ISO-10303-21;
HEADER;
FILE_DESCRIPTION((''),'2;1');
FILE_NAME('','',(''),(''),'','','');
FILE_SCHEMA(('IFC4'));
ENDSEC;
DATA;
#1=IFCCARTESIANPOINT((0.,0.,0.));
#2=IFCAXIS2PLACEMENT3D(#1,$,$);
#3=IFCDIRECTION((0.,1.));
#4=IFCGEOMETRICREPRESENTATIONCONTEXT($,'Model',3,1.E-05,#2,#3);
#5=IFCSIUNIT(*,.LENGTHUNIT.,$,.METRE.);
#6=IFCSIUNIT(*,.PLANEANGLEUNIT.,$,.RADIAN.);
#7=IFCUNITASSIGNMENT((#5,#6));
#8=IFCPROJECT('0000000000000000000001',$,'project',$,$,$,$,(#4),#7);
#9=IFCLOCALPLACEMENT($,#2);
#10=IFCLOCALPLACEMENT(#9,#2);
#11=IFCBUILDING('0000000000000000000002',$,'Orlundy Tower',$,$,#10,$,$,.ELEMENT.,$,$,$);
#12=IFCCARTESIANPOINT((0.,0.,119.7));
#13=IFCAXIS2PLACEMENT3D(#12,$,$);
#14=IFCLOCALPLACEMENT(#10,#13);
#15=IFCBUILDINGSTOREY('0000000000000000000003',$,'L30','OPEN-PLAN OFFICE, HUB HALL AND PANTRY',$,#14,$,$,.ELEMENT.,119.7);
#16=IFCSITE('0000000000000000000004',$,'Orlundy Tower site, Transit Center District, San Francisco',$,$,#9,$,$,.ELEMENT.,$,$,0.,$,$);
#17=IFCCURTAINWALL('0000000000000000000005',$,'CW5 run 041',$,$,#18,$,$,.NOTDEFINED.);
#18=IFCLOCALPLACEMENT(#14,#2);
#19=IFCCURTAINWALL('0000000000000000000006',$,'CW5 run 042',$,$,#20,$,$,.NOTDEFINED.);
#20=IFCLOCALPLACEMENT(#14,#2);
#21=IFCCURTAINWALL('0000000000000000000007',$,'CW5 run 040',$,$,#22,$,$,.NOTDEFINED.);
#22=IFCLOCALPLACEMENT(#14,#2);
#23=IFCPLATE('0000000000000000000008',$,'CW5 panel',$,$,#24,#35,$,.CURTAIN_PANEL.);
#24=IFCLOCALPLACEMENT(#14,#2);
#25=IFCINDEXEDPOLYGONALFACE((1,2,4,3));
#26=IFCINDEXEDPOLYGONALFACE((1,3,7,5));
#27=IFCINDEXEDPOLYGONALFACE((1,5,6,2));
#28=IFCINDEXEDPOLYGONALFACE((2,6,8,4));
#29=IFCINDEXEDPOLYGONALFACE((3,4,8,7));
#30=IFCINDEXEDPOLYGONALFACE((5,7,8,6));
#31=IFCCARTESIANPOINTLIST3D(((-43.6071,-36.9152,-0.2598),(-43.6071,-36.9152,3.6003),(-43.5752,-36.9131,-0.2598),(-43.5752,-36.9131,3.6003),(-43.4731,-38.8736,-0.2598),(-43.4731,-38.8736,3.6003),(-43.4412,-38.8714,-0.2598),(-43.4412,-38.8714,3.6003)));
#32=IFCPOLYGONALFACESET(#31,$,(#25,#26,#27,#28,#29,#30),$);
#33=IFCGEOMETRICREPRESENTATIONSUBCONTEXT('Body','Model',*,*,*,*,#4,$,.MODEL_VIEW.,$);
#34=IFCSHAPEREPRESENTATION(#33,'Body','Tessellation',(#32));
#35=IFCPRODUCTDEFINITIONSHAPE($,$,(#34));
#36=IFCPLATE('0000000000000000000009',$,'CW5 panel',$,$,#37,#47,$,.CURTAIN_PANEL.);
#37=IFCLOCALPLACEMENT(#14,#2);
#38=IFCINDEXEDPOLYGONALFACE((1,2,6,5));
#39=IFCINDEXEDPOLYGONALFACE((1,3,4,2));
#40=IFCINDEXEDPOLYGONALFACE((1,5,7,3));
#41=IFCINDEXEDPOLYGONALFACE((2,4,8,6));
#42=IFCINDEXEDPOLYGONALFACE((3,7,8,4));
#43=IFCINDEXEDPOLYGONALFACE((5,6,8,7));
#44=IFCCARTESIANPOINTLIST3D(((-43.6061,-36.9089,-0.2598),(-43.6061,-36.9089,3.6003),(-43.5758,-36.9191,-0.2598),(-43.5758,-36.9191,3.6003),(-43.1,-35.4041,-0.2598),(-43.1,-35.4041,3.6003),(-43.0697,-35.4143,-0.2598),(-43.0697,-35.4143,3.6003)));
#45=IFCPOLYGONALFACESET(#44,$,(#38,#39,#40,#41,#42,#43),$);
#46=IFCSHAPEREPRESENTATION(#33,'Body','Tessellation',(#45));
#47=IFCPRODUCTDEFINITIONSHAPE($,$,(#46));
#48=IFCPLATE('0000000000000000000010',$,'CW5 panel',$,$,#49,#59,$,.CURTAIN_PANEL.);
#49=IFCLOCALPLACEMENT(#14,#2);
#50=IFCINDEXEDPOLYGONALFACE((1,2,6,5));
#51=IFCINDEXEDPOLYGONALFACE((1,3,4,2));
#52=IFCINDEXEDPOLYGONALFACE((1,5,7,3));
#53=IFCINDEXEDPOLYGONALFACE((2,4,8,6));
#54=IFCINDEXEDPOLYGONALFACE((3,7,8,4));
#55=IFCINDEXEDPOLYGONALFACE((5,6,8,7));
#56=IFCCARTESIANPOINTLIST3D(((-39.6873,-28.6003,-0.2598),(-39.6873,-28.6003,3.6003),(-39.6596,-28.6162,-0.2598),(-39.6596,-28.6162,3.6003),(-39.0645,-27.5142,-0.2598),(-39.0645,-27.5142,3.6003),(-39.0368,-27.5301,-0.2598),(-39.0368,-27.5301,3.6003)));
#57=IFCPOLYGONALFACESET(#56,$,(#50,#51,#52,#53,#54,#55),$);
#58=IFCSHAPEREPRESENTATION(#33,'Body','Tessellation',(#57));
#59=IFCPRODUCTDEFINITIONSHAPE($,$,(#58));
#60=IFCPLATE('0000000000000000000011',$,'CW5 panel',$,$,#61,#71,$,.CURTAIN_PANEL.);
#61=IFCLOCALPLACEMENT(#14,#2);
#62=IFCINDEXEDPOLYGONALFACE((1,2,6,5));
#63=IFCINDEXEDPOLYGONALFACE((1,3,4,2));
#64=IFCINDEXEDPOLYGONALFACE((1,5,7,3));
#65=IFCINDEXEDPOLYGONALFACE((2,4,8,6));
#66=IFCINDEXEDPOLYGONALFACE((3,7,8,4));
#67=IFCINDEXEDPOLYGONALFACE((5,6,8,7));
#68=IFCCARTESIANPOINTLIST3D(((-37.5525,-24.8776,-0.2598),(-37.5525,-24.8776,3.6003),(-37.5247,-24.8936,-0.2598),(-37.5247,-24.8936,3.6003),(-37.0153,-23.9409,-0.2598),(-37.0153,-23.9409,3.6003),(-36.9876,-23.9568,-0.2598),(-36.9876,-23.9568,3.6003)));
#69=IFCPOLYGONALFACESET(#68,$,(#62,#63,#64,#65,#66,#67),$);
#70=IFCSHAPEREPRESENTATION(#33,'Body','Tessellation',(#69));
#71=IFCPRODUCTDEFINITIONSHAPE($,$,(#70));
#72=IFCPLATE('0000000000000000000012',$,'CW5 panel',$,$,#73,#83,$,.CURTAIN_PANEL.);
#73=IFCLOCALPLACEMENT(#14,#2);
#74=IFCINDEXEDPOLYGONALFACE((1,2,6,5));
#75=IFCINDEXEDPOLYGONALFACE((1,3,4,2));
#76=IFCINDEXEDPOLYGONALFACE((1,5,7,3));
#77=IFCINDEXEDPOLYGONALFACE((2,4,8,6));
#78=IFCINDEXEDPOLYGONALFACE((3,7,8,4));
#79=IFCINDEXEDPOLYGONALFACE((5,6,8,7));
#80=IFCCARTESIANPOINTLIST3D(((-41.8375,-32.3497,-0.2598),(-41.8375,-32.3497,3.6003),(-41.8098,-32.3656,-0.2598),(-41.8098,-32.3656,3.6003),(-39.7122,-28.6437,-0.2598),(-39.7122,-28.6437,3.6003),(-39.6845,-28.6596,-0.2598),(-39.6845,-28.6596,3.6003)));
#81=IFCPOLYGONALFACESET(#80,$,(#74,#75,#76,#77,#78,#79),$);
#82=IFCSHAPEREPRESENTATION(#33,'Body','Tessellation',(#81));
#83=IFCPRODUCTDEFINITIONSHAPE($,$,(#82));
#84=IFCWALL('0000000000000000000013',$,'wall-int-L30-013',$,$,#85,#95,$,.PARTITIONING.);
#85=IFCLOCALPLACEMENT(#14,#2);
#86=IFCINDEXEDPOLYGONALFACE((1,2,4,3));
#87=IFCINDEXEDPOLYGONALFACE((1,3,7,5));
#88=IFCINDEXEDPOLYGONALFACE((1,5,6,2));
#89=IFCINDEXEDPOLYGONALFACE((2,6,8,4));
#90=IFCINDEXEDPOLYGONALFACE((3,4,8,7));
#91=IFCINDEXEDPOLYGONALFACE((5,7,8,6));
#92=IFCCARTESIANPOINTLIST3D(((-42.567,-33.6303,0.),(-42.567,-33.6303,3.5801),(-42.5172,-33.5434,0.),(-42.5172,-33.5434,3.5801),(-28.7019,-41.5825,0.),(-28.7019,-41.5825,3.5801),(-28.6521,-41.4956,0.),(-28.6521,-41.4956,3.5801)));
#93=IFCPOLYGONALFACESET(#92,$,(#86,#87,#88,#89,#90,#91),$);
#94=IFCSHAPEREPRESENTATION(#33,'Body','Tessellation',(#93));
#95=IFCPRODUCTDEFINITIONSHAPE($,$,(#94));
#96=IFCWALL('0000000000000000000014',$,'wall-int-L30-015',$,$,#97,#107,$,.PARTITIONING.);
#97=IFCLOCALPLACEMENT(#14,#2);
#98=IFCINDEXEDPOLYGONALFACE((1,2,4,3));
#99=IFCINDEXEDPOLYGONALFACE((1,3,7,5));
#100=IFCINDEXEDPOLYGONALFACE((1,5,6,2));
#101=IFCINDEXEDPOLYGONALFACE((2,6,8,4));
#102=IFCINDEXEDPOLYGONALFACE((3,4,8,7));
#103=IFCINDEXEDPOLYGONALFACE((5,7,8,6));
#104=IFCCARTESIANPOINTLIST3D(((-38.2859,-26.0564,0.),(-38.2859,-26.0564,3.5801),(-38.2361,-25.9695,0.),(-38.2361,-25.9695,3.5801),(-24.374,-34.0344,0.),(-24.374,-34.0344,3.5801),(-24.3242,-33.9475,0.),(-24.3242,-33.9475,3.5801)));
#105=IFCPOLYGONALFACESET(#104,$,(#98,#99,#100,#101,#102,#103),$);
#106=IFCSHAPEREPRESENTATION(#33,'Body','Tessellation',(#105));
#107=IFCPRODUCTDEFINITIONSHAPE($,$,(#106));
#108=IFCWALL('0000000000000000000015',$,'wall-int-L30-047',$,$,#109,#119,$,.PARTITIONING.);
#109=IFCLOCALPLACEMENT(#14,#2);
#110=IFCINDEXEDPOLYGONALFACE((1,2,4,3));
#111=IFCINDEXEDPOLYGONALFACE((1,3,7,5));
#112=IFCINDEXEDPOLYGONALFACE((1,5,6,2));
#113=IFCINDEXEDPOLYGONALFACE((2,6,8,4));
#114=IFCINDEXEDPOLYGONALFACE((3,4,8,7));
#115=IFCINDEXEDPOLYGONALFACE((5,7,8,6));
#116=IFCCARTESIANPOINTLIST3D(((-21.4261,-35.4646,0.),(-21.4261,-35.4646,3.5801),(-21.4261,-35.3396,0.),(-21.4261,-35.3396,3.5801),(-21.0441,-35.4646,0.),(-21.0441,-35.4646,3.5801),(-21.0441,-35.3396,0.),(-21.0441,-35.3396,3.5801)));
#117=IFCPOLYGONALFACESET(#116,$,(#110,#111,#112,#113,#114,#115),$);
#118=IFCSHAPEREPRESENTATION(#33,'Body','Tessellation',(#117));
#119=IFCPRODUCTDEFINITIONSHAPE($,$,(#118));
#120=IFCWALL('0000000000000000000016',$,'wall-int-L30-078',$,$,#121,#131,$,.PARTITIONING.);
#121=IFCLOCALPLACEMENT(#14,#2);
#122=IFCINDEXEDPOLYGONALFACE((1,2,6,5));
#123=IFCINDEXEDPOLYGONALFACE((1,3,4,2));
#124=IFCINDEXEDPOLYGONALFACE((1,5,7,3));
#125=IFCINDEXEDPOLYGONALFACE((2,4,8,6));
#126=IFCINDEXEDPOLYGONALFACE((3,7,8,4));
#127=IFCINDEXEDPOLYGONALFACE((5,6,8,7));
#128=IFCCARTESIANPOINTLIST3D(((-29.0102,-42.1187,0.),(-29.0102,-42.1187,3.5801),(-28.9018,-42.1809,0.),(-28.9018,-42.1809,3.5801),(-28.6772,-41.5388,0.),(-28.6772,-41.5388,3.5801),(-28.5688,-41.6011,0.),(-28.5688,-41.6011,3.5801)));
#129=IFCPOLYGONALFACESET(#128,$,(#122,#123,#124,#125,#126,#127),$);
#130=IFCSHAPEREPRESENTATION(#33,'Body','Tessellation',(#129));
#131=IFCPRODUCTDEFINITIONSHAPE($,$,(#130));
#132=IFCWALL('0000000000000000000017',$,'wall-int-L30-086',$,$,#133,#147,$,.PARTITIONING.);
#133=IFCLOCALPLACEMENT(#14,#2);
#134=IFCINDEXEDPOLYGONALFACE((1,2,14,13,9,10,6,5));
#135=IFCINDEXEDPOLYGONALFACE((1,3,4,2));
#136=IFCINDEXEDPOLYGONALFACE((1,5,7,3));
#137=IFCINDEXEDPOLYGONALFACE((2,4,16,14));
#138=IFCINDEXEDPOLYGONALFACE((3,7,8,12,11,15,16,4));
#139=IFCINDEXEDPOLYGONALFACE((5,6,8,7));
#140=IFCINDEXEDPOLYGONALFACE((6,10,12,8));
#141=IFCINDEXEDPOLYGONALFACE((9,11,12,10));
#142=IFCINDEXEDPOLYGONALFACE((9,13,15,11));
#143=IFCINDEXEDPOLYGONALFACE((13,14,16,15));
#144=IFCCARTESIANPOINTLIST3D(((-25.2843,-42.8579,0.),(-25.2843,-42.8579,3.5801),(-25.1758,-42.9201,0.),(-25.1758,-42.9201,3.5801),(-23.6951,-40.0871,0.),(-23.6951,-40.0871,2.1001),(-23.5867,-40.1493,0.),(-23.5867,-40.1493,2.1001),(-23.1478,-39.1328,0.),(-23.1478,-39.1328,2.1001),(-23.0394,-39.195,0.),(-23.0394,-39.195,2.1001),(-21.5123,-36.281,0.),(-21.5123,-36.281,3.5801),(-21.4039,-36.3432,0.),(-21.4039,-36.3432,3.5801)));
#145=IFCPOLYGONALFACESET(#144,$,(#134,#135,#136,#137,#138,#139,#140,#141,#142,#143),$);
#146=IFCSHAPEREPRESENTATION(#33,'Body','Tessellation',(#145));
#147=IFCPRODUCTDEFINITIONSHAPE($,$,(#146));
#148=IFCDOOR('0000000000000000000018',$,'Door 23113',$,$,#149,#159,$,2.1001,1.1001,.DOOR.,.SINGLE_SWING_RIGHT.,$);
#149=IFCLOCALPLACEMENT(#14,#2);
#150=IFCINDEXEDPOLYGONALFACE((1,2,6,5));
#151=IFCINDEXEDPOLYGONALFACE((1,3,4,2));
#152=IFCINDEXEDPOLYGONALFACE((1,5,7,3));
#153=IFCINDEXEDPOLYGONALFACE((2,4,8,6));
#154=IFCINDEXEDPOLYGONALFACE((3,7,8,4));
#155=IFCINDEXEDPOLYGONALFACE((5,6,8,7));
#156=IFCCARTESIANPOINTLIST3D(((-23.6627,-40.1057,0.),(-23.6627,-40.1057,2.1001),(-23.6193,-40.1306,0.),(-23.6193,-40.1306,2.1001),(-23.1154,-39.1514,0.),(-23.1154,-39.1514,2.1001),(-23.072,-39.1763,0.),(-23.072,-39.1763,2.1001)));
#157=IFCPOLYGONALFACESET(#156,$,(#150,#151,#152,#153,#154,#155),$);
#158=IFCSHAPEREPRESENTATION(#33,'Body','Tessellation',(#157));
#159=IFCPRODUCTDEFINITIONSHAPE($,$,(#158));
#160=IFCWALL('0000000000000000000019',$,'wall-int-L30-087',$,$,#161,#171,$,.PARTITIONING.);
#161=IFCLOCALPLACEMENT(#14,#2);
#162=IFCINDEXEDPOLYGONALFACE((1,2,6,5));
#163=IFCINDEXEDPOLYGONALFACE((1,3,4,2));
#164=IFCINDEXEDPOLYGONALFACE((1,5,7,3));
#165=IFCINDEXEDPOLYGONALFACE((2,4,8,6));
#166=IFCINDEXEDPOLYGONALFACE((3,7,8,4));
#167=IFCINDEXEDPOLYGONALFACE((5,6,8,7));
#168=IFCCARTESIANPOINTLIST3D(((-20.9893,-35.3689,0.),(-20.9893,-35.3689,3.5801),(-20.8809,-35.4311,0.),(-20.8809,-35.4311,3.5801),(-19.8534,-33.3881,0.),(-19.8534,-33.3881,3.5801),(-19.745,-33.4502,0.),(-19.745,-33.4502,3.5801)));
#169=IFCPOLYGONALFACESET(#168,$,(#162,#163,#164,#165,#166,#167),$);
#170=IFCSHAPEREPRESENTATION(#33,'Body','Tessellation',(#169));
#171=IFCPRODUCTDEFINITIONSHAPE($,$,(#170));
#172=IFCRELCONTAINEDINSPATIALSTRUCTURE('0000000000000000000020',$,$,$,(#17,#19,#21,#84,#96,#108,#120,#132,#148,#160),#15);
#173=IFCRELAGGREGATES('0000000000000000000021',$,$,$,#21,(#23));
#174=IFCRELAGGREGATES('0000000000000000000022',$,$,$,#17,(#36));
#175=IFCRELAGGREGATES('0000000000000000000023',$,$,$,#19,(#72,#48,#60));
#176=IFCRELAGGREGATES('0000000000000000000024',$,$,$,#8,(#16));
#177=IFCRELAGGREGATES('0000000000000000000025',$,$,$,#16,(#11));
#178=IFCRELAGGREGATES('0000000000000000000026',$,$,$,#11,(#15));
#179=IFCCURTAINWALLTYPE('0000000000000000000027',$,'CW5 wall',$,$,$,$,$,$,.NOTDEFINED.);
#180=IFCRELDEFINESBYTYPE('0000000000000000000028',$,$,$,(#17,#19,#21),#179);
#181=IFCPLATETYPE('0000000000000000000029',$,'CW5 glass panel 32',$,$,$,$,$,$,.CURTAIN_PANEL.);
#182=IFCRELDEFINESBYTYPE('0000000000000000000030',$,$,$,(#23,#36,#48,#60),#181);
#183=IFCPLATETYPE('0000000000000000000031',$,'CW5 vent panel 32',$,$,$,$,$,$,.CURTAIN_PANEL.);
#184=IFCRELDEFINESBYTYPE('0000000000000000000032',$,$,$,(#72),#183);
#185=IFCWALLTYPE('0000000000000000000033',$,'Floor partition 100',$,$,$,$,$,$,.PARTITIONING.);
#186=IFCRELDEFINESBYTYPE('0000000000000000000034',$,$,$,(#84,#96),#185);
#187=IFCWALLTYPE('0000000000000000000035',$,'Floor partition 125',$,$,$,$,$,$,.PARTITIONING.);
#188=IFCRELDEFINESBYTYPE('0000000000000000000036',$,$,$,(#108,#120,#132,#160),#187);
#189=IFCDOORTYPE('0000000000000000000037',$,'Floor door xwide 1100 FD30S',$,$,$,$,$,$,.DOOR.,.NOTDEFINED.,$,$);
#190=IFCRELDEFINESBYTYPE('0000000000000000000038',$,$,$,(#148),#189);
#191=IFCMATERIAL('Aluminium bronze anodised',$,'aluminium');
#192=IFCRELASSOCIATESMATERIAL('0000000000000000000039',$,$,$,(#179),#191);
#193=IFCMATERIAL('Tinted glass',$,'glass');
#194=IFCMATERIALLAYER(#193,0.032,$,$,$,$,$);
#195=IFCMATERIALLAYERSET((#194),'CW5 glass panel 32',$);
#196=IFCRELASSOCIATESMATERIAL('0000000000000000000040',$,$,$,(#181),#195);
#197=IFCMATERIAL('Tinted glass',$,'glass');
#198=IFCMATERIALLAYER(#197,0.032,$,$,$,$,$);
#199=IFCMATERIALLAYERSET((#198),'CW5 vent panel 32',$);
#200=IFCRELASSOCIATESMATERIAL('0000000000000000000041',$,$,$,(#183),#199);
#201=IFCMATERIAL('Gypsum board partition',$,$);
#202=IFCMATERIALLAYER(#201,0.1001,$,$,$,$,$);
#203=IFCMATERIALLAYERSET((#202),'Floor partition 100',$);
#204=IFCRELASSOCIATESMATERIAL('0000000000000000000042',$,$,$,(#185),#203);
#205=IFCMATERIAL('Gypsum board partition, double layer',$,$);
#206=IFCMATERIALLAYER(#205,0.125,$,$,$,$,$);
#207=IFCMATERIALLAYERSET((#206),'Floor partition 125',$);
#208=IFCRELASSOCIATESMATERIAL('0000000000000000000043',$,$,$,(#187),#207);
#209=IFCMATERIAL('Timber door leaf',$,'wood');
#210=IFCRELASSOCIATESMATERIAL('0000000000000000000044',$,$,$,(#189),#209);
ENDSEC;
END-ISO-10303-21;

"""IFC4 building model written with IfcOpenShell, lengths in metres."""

from ifc_helpers import new_model, si_unit, direction, frame, frame_2d, origin, origin_2d, place, context, subcontext, project, spatial, rectangle, extrude, material, layer, layer_set, type_object, element, fill, aggregate, save


model = new_model("IFC4")

# Units and contexts
model_context = context("Model", 3, precision=1e-05, world=origin(), true_north=direction((0.0, 1.0)))
body_context = subcontext(model_context, "Body", "Model", "MODEL_VIEW")
ifc_project = project(units=[si_unit("LENGTHUNIT", "METRE"), si_unit("PLANEANGLEUNIT", "RADIAN")], contexts=[model_context])

# Site, building, storey
site_placement = place(None, origin())
site = spatial("IfcSite", under=ifc_project, at=site_placement, Name="Orlundy Tower site, Transit Center District, San Francisco", CompositionType="ELEMENT", RefElevation=0.0)
building_placement = place(site_placement, origin())
building = spatial("IfcBuilding", under=site, at=building_placement, Name="Orlundy Tower", CompositionType="ELEMENT")
storey_placement = place(building_placement, frame((0.0, 0.0, 119.7)))
storey = spatial("IfcBuildingStorey", under=building, at=storey_placement, Name="L30", Description="OPEN-PLAN OFFICE, HUB HALL AND PANTRY", CompositionType="ELEMENT", Elevation=119.7)

# Curtain wall
ifc_material_1 = material(Name="Aluminium bronze anodised", Category="aluminium")
curtain_wall_type = type_object("IfcCurtainWallType", Name="CW5 wall", PredefinedType="NOTDEFINED", material=ifc_material_1)
curtain_wall_1_placement = place(storey_placement, origin())
curtain_wall_1 = element("IfcCurtainWall", 1, at=curtain_wall_1_placement, inside=storey, type_object=curtain_wall_type, Name="CW5 run 041", PredefinedType="NOTDEFINED")

# Curtain wall
curtain_wall_2_placement = place(storey_placement, origin())
curtain_wall_2 = element("IfcCurtainWall", 2, at=curtain_wall_2_placement, inside=storey, type_object=curtain_wall_type, Name="CW5 run 042", PredefinedType="NOTDEFINED")

# Curtain wall
curtain_wall_3_placement = place(storey_placement, origin())
curtain_wall_3 = element("IfcCurtainWall", 3, at=curtain_wall_3_placement, inside=storey, type_object=curtain_wall_type, Name="CW5 run 040", PredefinedType="NOTDEFINED")

# Plates
ifc_material_2 = material(Name="Tinted glass", Category="glass")
ifc_layer_1 = layer(ifc_material_2, 0.032)
ifc_layer_set_1 = layer_set([ifc_layer_1], Name="CW5 glass panel 32")
plate_type_1 = type_object("IfcPlateType", Name="CW5 glass panel 32", PredefinedType="CURTAIN_PANEL", material=ifc_layer_set_1)
plate_1_placement = place(storey_placement, frame((-43.5242, -37.8933, -0.2598), z_axis=(0.0, 0.0, 1.0), x_axis=(-0.068256, 0.997668, 0.0)))
plate_1 = element("IfcPlate", 4, at=plate_1_placement, type_object=plate_type_1, Name="CW5 panel", PredefinedType="CURTAIN_PANEL", context=body_context, shape_type="SweptSolid", body=[
    extrude(rectangle(XDim=1.9629, YDim=0.032, at=origin_2d()), origin(), (0.0, 0.0, 1.0), 3.8601),
])
aggregate(curtain_wall_3, [plate_1])
plate_2_placement = place(storey_placement, frame((-43.3379, -36.1616, -0.2598), z_axis=(0.0, 0.0, 1.0), x_axis=(0.318816, 0.947817, 0.0)))
plate_2 = element("IfcPlate", 5, at=plate_2_placement, type_object=plate_type_1, Name="CW5 panel", PredefinedType="CURTAIN_PANEL", context=body_context, shape_type="SweptSolid", body=[
    extrude(rectangle(XDim=1.5876, YDim=0.032, at=origin_2d()), origin(), (0.0, 0.0, 1.0), 3.8601),
])
aggregate(curtain_wall_1, [plate_2])
plate_3_placement = place(storey_placement, frame((-39.3621, -28.0652, -0.2598), z_axis=(0.0, 0.0, 1.0), x_axis=(0.497473, 0.867479, 0.0)))
plate_3 = element("IfcPlate", 6, at=plate_3_placement, type_object=plate_type_1, Name="CW5 panel", PredefinedType="CURTAIN_PANEL", context=body_context, shape_type="SweptSolid", body=[
    extrude(rectangle(XDim=1.252, YDim=0.032, at=origin_2d()), origin(), (0.0, 0.0, 1.0), 3.8601),
])
plate_4_placement = place(storey_placement, frame((-37.27, -24.4172, -0.2598), z_axis=(0.0, 0.0, 1.0), x_axis=(0.497473, 0.867479, 0.0)))
plate_4 = element("IfcPlate", 7, at=plate_4_placement, type_object=plate_type_1, Name="CW5 panel", PredefinedType="CURTAIN_PANEL", context=body_context, shape_type="SweptSolid", body=[
    extrude(rectangle(XDim=1.0798, YDim=0.032, at=origin_2d()), origin(), (0.0, 0.0, 1.0), 3.8601),
])
ifc_material_3 = material(Name="Tinted glass", Category="glass")
ifc_layer_2 = layer(ifc_material_3, 0.032)
ifc_layer_set_2 = layer_set([ifc_layer_2], Name="CW5 vent panel 32")
plate_type_2 = type_object("IfcPlateType", Name="CW5 vent panel 32", PredefinedType="CURTAIN_PANEL", material=ifc_layer_set_2)
plate_5_placement = place(storey_placement, frame((-40.761, -30.5046, -0.2598), z_axis=(0.0, 0.0, 1.0), x_axis=(0.497473, 0.867479, 0.0)))
plate_5 = element("IfcPlate", 8, at=plate_5_placement, type_object=plate_type_2, Name="CW5 panel", PredefinedType="CURTAIN_PANEL", context=body_context, shape_type="SweptSolid", body=[
    extrude(rectangle(XDim=4.2722, YDim=0.032, at=origin_2d()), origin(), (0.0, 0.0, 1.0), 3.8601),
])
aggregate(curtain_wall_2, [plate_5, plate_3, plate_4])

# Walls
ifc_material_4 = material(Name="Gypsum board partition")
ifc_layer_3 = layer(ifc_material_4, 0.1001)
ifc_layer_set_3 = layer_set([ifc_layer_3], Name="Floor partition 100")
wall_type_1 = type_object("IfcWallType", Name="Floor partition 100", PredefinedType="PARTITIONING", material=ifc_layer_set_3)
wall_1_placement = place(storey_placement, frame((-42.542, -33.5869, 0.0), z_axis=(0.0, 0.0, 1.0), x_axis=(0.867452, -0.49752, 0.0)))
element("IfcWall", 9, at=wall_1_placement, inside=storey, type_object=wall_type_1, Name="wall-int-L30-013", PredefinedType="PARTITIONING", context=body_context, shape_type="SweptSolid", body=[
    extrude(rectangle(XDim=15.9836, YDim=0.1001, at=frame_2d((7.9917, 0.0))), origin(), (0.0, 0.0, 1.0), 3.5801),
])
wall_2_placement = place(storey_placement, frame((-38.261, -26.0129, 0.0), z_axis=(0.0, 0.0, 1.0), x_axis=(0.86748, -0.497473, 0.0)))
element("IfcWall", 10, at=wall_2_placement, inside=storey, type_object=wall_type_1, Name="wall-int-L30-015", PredefinedType="PARTITIONING", context=body_context, shape_type="SweptSolid", body=[
    extrude(rectangle(XDim=16.0371, YDim=0.1001, at=frame_2d((8.0186, 0.0))), origin(), (0.0, 0.0, 1.0), 3.5801),
])
ifc_material_5 = material(Name="Gypsum board partition, double layer")
ifc_layer_4 = layer(ifc_material_5, 0.125)
ifc_layer_set_4 = layer_set([ifc_layer_4], Name="Floor partition 125")
wall_type_2 = type_object("IfcWallType", Name="Floor partition 125", PredefinedType="PARTITIONING", material=ifc_layer_set_4)
wall_3_placement = place(storey_placement, frame((-21.426, -35.4021, 0.0), z_axis=(0.0, 0.0, 1.0), x_axis=(1.0, 0.0, 0.0)))
element("IfcWall", 11, at=wall_3_placement, inside=storey, type_object=wall_type_2, Name="wall-int-L30-047", PredefinedType="PARTITIONING", context=body_context, shape_type="SweptSolid", body=[
    extrude(rectangle(XDim=0.3821, YDim=0.125, at=frame_2d((0.1909, 0.0))), origin(), (0.0, 0.0, 1.0), 3.5801),
])
wall_4_placement = place(storey_placement, frame((-28.9561, -42.1499, 0.0), z_axis=(0.0, 0.0, 1.0), x_axis=(0.498025, 0.867163, 0.0)))
element("IfcWall", 12, at=wall_4_placement, inside=storey, type_object=wall_type_2, Name="wall-int-L30-078", PredefinedType="PARTITIONING", context=body_context, shape_type="SweptSolid", body=[
    extrude(rectangle(XDim=0.6687, YDim=0.125, at=frame_2d((0.3345, 0.0))), origin(), (0.0, 0.0, 1.0), 3.5801),
])

# Wall, opening, door
wall_5_placement = place(storey_placement, frame((-21.458, -36.312, 0.0), z_axis=(0.0, 0.0, 1.0), x_axis=(-0.497505, -0.867461, 0.0)))
wall_5 = element("IfcWall", 13, at=wall_5_placement, inside=storey, type_object=wall_type_2, Name="wall-int-L30-086", PredefinedType="PARTITIONING", context=body_context, shape_type="SweptSolid", body=[
    extrude(rectangle(XDim=7.5818, YDim=0.125, at=frame_2d((3.791, 0.0))), origin(), (0.0, 0.0, 1.0), 3.5801),
])
opening_1_placement = place(wall_5_placement, frame((3.2876, 0.0, 0.0)))
opening_1 = element("IfcOpeningElement", 14, at=opening_1_placement, cuts=wall_5, PredefinedType="OPENING", context=body_context, shape_type="SweptSolid", body=[
    extrude(rectangle(XDim=1.1001, YDim=2.1001, at=frame_2d((0.55, 1.05))), frame((0.0, 0.0725, 0.0), z_axis=(0.0, -1.0, 0.0), x_axis=(1.0, 0.0, 0.0)), (0.0, 0.0, 1.0), 0.145),
])
ifc_material_6 = material(Name="Timber door leaf", Category="wood")
door_type_1 = type_object("IfcDoorType", Name="Floor door xwide 1100 FD30S", OperationType="NOTDEFINED", PredefinedType="DOOR", material=ifc_material_6)
door_1_placement = place(opening_1_placement, origin())
door_1 = element("IfcDoor", 15, at=door_1_placement, inside=storey, type_object=door_type_1, Name="Door 23113", OperationType="SINGLE_SWING_RIGHT", OverallHeight=2.1001, OverallWidth=1.1001, PredefinedType="DOOR", context=body_context, shape_type="SweptSolid", body=[
    extrude(rectangle(XDim=1.1001, YDim=2.1001, at=frame_2d((0.55, 1.05))), frame((0.0, 0.0249, 0.0), z_axis=(0.0, -1.0, 0.0), x_axis=(1.0, 0.0, 0.0)), (0.0, 0.0, 1.0), 0.05),
])
fill(opening_1, door_1)

# Wall
wall_6_placement = place(storey_placement, frame((-20.9351, -35.3999, 0.0), z_axis=(0.0, 0.0, 1.0), x_axis=(0.497462, 0.867486, 0.0)))
element("IfcWall", 16, at=wall_6_placement, inside=storey, type_object=wall_type_2, Name="wall-int-L30-087", PredefinedType="PARTITIONING", context=body_context, shape_type="SweptSolid", body=[
    extrude(rectangle(XDim=2.2834, YDim=0.125, at=frame_2d((1.1416, 0.0))), origin(), (0.0, 0.0, 1.0), 3.5801),
])

save(model, "model.ifc")
